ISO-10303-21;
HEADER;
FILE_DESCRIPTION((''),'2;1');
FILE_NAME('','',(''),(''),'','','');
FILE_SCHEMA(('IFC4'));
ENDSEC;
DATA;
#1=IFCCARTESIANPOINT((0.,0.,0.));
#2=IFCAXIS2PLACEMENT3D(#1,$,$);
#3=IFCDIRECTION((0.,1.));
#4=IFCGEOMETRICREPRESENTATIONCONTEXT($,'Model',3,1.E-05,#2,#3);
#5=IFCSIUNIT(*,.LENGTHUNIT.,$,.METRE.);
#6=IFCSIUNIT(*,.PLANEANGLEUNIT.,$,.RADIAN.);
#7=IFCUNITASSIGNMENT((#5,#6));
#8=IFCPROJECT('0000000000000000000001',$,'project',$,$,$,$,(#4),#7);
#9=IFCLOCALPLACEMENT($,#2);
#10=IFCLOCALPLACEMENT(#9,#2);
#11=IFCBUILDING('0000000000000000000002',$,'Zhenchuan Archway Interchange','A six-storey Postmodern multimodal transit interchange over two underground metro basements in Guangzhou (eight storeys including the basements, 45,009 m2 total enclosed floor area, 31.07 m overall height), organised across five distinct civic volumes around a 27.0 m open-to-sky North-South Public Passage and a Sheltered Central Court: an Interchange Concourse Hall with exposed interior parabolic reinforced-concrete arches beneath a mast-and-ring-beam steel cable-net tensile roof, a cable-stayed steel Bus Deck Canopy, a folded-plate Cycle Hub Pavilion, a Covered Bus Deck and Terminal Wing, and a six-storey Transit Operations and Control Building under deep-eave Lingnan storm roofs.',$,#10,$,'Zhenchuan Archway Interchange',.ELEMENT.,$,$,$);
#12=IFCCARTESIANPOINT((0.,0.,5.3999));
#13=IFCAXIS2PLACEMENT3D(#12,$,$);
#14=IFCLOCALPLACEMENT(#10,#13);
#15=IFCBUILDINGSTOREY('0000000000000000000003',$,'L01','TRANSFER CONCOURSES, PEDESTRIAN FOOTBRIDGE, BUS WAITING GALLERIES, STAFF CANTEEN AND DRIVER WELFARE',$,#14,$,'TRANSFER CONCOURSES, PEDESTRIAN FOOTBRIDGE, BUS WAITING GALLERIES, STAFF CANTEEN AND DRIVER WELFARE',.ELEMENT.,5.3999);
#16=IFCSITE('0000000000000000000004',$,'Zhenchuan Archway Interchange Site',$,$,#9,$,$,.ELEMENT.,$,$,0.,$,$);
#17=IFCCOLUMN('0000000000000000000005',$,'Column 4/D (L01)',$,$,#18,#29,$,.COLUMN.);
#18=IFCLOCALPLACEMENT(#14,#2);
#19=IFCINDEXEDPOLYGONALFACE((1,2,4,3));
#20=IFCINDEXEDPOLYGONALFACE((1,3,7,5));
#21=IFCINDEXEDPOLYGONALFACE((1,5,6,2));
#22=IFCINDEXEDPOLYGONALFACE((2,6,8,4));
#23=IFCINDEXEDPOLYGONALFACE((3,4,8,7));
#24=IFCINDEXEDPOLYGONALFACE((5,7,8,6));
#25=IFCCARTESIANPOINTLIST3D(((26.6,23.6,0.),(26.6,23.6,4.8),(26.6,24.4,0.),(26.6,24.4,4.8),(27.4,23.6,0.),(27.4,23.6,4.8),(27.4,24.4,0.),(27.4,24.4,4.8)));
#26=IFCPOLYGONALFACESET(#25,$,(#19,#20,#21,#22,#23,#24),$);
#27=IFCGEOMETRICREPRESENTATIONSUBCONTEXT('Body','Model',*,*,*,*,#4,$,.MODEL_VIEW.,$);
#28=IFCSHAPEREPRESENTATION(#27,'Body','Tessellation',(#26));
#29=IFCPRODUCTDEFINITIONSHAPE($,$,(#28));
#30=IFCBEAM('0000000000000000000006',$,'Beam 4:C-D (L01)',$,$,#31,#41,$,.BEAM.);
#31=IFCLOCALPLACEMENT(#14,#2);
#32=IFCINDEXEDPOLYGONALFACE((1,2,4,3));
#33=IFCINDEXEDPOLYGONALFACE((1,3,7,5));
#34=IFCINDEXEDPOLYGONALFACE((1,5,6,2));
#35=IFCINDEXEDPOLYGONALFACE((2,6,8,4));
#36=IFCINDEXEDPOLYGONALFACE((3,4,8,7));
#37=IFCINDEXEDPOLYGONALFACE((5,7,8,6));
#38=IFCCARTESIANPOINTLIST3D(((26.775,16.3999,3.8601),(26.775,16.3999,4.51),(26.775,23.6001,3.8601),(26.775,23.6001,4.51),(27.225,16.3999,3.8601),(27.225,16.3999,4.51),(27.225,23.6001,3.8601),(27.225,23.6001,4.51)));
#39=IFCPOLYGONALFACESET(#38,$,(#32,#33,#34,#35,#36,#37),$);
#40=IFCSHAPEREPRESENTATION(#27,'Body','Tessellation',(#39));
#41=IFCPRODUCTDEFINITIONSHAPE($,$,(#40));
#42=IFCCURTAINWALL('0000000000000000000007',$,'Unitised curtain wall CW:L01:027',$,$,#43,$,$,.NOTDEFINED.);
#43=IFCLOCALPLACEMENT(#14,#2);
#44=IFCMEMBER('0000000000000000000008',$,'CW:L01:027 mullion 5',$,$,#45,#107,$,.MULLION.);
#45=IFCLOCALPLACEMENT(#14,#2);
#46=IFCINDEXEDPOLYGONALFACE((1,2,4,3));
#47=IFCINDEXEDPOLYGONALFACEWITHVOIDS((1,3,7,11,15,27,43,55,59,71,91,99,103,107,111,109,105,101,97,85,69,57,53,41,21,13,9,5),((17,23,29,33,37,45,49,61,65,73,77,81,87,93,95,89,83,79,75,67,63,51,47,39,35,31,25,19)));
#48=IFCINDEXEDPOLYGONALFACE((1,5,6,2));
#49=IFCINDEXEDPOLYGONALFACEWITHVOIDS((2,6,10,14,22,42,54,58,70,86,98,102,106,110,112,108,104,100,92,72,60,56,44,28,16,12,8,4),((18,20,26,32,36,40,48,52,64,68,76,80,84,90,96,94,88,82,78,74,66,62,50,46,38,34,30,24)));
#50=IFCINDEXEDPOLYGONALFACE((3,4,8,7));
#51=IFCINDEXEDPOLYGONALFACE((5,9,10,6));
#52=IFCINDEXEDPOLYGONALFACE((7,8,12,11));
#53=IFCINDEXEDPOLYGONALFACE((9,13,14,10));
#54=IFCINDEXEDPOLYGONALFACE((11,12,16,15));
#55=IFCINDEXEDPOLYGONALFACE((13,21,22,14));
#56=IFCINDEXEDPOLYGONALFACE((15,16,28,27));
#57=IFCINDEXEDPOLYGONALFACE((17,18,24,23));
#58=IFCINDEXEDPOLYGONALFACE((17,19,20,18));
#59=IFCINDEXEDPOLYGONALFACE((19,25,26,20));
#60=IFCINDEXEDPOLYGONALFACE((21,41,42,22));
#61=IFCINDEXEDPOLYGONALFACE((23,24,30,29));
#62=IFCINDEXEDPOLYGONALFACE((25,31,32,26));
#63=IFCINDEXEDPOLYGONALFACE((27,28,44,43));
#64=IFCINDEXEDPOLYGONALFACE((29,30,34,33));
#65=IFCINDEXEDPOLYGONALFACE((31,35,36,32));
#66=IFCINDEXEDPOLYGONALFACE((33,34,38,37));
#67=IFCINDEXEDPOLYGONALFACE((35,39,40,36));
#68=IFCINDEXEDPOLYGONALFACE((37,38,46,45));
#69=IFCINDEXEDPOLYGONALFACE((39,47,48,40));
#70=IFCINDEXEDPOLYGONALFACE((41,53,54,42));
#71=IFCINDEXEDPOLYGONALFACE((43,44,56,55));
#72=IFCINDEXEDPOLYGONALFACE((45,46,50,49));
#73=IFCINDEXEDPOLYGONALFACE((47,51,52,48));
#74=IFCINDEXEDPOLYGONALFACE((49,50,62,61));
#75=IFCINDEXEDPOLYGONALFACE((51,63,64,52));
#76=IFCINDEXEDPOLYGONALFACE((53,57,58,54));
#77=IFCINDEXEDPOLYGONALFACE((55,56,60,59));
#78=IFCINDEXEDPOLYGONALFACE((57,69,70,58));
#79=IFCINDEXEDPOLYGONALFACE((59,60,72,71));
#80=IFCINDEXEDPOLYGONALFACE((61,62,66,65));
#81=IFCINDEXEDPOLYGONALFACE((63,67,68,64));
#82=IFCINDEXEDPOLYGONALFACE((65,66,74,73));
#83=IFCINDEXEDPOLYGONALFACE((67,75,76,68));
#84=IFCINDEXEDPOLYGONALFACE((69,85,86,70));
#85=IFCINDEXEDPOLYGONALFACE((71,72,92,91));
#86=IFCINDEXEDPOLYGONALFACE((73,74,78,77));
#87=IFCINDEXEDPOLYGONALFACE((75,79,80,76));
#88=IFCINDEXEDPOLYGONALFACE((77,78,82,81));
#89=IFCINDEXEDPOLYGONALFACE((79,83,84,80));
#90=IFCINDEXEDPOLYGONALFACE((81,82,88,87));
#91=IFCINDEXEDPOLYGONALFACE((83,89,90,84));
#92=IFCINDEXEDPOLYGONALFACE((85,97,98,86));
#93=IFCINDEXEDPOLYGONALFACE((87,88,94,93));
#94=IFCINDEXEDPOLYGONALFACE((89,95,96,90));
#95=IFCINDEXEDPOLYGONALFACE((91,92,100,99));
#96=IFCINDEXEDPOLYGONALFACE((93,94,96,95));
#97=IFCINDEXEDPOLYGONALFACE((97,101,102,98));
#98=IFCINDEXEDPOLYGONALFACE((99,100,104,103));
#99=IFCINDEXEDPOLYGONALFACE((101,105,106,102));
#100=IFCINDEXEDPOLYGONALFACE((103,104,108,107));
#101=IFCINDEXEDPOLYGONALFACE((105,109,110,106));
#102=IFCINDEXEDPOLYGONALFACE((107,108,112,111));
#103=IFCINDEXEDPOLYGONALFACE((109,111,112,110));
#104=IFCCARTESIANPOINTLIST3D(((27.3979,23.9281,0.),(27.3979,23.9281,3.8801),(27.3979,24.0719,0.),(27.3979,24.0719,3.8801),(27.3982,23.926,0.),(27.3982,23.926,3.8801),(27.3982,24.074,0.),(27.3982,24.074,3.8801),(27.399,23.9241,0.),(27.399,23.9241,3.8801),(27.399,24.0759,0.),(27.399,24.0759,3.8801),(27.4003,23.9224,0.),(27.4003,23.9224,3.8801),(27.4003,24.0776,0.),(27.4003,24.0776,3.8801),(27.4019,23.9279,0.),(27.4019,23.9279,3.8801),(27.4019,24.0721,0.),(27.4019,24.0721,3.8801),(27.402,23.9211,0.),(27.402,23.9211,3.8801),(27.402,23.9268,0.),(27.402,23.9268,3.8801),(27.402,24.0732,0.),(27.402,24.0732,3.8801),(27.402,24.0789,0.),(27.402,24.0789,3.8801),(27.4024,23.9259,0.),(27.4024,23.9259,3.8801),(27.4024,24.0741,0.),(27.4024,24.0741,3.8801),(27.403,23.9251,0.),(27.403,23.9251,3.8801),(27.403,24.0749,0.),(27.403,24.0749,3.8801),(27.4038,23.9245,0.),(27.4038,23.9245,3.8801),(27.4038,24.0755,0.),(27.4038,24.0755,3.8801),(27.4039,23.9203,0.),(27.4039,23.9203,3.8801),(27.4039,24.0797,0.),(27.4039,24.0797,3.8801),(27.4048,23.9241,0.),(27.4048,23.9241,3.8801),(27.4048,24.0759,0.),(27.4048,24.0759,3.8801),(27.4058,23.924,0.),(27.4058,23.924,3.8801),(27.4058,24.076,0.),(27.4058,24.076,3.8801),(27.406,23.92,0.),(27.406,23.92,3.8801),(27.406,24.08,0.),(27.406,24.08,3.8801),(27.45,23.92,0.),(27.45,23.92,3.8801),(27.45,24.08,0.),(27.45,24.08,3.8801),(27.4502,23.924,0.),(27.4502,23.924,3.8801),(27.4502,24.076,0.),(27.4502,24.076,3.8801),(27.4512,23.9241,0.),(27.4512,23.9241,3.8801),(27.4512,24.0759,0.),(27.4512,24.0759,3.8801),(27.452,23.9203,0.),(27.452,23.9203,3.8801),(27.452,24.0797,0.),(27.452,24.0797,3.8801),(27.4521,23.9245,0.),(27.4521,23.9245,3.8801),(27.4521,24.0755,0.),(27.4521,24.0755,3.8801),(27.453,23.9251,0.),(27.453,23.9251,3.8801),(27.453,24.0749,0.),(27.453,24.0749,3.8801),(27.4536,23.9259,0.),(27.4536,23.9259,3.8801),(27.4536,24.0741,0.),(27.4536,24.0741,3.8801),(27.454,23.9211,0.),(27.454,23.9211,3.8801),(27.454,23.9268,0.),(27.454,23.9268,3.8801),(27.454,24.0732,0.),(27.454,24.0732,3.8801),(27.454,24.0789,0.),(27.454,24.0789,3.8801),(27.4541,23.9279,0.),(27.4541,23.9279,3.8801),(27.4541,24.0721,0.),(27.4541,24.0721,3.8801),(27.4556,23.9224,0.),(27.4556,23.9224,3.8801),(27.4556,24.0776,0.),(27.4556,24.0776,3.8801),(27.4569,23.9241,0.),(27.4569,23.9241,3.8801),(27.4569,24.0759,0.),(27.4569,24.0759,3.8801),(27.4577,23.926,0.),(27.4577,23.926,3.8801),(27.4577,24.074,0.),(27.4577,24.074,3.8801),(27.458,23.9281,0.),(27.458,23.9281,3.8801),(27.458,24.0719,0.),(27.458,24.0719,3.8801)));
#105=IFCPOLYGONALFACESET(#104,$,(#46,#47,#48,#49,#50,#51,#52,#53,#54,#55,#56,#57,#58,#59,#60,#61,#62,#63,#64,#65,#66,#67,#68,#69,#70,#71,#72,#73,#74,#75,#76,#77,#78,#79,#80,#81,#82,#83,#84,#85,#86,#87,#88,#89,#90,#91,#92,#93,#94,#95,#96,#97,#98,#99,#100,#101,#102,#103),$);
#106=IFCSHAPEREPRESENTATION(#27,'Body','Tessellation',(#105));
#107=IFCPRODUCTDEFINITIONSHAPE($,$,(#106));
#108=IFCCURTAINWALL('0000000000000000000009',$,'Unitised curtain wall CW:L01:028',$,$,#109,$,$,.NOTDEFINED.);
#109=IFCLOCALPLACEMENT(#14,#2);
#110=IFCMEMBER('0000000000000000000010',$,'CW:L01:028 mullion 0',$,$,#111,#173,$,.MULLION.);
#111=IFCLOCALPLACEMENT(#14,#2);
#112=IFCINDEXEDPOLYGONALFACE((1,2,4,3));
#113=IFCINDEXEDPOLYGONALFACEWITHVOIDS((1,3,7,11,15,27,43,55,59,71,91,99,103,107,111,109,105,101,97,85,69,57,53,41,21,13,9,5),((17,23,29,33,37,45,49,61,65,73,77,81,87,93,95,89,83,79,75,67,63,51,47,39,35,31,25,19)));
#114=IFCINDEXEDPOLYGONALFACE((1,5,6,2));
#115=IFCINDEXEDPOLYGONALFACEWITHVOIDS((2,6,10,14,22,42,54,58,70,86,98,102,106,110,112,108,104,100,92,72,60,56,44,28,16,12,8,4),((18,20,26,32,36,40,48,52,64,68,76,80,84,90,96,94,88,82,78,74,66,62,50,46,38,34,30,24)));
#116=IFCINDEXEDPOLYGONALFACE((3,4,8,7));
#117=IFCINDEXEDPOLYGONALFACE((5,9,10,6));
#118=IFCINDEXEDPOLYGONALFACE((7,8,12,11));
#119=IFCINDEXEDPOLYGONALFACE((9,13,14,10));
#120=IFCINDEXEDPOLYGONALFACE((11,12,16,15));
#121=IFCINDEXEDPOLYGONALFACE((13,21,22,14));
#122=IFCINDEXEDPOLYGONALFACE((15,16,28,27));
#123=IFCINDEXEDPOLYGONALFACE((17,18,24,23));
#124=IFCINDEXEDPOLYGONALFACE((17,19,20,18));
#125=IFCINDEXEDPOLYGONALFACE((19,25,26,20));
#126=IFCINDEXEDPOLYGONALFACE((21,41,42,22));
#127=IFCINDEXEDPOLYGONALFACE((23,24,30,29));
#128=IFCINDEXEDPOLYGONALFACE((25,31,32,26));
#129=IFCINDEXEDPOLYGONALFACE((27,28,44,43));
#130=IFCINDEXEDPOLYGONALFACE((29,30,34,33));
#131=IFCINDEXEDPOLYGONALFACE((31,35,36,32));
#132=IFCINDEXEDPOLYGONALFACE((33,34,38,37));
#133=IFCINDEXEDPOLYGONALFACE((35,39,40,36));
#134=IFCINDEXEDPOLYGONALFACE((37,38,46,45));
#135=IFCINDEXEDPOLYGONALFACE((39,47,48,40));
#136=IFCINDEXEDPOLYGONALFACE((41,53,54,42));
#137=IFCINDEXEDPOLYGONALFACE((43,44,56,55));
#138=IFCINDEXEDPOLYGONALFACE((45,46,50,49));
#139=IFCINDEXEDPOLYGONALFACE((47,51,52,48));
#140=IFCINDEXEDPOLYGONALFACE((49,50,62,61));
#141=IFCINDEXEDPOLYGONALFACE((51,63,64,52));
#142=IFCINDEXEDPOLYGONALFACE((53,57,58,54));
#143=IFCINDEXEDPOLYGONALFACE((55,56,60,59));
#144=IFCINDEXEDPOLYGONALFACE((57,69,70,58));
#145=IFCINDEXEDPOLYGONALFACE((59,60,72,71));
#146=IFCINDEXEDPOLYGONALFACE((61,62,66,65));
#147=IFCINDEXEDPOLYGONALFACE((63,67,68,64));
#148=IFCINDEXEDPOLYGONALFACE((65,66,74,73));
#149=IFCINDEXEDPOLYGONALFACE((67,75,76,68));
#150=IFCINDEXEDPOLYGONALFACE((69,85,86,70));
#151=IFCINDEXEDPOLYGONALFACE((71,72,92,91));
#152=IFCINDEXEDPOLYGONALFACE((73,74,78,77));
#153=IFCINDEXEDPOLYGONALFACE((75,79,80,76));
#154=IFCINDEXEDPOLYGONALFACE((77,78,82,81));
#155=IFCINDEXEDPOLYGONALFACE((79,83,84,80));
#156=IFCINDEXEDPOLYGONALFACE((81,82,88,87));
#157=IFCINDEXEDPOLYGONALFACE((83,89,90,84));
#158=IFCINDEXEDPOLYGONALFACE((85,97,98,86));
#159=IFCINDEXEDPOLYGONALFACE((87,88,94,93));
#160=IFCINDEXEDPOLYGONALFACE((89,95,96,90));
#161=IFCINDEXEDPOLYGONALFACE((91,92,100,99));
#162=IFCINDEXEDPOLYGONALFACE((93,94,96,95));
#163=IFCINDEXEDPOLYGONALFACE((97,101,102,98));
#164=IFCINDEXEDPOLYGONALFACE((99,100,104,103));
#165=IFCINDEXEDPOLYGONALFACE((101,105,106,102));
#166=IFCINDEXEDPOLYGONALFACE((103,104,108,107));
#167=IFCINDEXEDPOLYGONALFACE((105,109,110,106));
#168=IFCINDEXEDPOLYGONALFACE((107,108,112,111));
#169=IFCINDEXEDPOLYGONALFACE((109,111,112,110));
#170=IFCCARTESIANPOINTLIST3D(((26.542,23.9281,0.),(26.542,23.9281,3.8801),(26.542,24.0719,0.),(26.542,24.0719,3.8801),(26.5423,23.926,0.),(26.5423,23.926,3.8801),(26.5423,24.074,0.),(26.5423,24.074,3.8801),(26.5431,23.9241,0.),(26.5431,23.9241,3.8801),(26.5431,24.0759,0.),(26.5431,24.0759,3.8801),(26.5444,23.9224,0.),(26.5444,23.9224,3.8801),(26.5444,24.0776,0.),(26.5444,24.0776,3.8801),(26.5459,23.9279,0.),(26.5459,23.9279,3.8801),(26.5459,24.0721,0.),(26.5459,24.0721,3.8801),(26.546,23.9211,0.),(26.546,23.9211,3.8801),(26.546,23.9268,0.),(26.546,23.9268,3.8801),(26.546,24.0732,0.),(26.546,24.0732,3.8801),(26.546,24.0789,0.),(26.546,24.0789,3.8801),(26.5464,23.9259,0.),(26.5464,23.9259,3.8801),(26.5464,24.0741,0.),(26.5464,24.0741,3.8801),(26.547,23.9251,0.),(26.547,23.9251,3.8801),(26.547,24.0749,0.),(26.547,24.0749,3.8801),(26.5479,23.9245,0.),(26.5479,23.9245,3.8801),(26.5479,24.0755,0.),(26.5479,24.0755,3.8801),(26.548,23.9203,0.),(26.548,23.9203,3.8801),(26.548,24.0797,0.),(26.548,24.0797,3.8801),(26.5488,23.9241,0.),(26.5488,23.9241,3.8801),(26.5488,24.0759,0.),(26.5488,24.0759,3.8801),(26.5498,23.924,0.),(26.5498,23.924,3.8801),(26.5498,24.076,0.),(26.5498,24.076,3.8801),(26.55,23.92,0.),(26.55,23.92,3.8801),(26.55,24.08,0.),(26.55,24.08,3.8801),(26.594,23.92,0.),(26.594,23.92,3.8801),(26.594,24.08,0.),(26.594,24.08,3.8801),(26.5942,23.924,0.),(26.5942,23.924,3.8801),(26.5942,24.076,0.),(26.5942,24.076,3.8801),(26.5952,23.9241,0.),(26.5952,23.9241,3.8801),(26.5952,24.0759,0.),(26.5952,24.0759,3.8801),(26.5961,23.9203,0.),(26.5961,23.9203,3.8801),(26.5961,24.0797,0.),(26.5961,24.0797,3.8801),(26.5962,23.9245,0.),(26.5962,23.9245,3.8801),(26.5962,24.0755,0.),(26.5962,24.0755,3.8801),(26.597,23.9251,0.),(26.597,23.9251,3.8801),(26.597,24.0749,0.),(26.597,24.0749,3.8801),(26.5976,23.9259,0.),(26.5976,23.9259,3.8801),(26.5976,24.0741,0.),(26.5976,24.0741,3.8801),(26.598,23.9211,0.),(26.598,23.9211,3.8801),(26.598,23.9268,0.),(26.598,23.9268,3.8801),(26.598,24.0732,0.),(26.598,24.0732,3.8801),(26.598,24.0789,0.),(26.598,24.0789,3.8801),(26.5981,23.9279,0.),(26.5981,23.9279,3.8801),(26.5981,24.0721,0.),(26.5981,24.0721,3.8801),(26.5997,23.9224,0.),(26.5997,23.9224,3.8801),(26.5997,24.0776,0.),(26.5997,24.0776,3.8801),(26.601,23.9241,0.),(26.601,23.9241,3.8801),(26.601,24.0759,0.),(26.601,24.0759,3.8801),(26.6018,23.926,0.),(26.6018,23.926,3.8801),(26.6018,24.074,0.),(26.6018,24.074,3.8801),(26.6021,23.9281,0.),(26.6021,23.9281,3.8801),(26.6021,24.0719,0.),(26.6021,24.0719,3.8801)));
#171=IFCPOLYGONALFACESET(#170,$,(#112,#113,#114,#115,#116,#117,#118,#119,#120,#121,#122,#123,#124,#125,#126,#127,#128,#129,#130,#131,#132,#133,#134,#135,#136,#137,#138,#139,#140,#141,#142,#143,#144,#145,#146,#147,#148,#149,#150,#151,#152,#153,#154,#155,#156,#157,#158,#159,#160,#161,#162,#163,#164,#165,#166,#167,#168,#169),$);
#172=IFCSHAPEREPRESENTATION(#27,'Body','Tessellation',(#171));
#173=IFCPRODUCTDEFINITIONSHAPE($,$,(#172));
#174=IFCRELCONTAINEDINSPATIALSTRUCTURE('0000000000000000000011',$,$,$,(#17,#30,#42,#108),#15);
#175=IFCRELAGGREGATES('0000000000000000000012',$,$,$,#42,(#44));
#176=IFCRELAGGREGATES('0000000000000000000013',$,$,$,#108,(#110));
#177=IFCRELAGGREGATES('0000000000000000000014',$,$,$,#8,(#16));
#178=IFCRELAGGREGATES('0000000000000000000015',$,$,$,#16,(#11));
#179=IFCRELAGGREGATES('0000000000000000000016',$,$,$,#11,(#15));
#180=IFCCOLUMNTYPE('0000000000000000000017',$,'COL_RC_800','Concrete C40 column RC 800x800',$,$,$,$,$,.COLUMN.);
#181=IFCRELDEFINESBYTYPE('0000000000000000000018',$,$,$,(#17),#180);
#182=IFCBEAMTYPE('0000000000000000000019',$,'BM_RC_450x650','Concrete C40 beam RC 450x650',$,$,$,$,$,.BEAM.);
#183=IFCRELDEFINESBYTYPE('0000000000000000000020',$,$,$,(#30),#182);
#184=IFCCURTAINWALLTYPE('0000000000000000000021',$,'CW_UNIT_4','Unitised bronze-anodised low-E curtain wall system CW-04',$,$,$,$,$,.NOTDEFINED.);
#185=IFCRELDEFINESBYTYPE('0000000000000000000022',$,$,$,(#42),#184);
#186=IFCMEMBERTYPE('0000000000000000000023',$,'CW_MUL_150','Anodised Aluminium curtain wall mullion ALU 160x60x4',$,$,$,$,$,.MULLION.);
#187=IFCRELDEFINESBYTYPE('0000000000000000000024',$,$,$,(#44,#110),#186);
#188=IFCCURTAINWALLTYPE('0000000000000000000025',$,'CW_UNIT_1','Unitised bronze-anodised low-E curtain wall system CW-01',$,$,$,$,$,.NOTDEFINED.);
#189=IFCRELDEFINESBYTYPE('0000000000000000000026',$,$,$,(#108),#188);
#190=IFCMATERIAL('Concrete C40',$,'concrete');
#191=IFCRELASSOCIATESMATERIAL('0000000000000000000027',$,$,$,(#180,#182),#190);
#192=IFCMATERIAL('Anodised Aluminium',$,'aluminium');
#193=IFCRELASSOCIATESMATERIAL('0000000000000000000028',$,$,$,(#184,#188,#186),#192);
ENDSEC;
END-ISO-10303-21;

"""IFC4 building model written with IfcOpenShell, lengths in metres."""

from ifc_helpers import new_model, si_unit, direction, frame, origin, origin_2d, place, context, subcontext, project, spatial, rectangle, hollow_rectangle, extrude, material, material_profile, profile_set, type_object, element, aggregate, save


model = new_model("IFC4")

# Units and contexts
model_context = context("Model", 3, precision=1e-05, world=origin(), true_north=direction((0.0, 1.0)))
body_context = subcontext(model_context, "Body", "Model", "MODEL_VIEW")
ifc_project = project(units=[si_unit("LENGTHUNIT", "METRE"), si_unit("PLANEANGLEUNIT", "RADIAN")], contexts=[model_context])

# Site, building, storey
site_placement = place(None, origin())
site = spatial("IfcSite", under=ifc_project, at=site_placement, Name="Zhenchuan Archway Interchange Site", CompositionType="ELEMENT", RefElevation=0.0)
building_placement = place(site_placement, origin())
building = spatial("IfcBuilding", under=site, at=building_placement, Name="Zhenchuan Archway Interchange", Description="A six-storey Postmodern multimodal transit interchange over two underground metro basements in Guangzhou (eight storeys including the basements, 45,009 m2 total enclosed floor area, 31.07 m overall height), organised across five distinct civic volumes around a 27.0 m open-to-sky North-South Public Passage and a Sheltered Central Court: an Interchange Concourse Hall with exposed interior parabolic reinforced-concrete arches beneath a mast-and-ring-beam steel cable-net tensile roof, a cable-stayed steel Bus Deck Canopy, a folded-plate Cycle Hub Pavilion, a Covered Bus Deck and Terminal Wing, and a six-storey Transit Operations and Control Building under deep-eave Lingnan storm roofs.", LongName="Zhenchuan Archway Interchange", CompositionType="ELEMENT")
storey_placement = place(building_placement, frame((0.0, 0.0, 5.3999)))
storey = spatial("IfcBuildingStorey", under=building, at=storey_placement, Name="L01", Description="TRANSFER CONCOURSES, PEDESTRIAN FOOTBRIDGE, BUS WAITING GALLERIES, STAFF CANTEEN AND DRIVER WELFARE", LongName="TRANSFER CONCOURSES, PEDESTRIAN FOOTBRIDGE, BUS WAITING GALLERIES, STAFF CANTEEN AND DRIVER WELFARE", CompositionType="ELEMENT", Elevation=5.3999)

# Column
ifc_material_1 = material(Name="Concrete C40", Category="concrete")
ifc_material_profile_1 = material_profile(ifc_material_1, rectangle(XDim=0.8, YDim=0.8, at=origin_2d()), Name="RC 800x800")
ifc_profile_set_1 = profile_set([ifc_material_profile_1], Name="Concrete C40")
column_type = type_object("IfcColumnType", Name="COL_RC_800", Description="Concrete C40 column RC 800x800", PredefinedType="COLUMN", material=ifc_profile_set_1)
column_placement = place(storey_placement, frame((27.0, 24.0, 0.0), z_axis=(0.0, 0.0, 1.0), x_axis=(1.0, 0.0, 0.0)))
element("IfcColumn", 1, at=column_placement, inside=storey, type_object=column_type, Name="Column 4/D (L01)", PredefinedType="COLUMN", context=body_context, shape_type="SweptSolid", body=[
    extrude(rectangle(XDim=0.8, YDim=0.8, at=origin_2d()), origin(), (0.0, 0.0, 1.0), 4.8),
])

# Beam
ifc_material_profile_2 = material_profile(ifc_material_1, rectangle(XDim=0.45, YDim=0.6499, at=origin_2d()), Name="RC 450x650")
ifc_profile_set_2 = profile_set([ifc_material_profile_2], Name="Concrete C40")
beam_type_1 = type_object("IfcBeamType", Name="BM_RC_450x650", Description="Concrete C40 beam RC 450x650", PredefinedType="BEAM", material=ifc_profile_set_2)
beam_1_placement = place(storey_placement, frame((27.0, 16.3999, 4.1851), z_axis=(0.0, 1.0, 0.0), x_axis=(-1.0, 0.0, 0.0)))
element("IfcBeam", 2, at=beam_1_placement, inside=storey, type_object=beam_type_1, Name="Beam 4:C-D (L01)", PredefinedType="BEAM", context=body_context, shape_type="SweptSolid", body=[
    extrude(rectangle(XDim=0.45, YDim=0.6499, at=origin_2d()), origin(), (0.0, 0.0, 1.0), 7.2002),
])

# Curtain wall, member
ifc_material_2 = material(Name="Anodised Aluminium", Category="aluminium")
curtain_wall_type_1 = type_object("IfcCurtainWallType", Name="CW_UNIT_4", Description="Unitised bronze-anodised low-E curtain wall system CW-04", PredefinedType="NOTDEFINED", material=ifc_material_2)
curtain_wall_1_placement = place(storey_placement, origin())
curtain_wall_1 = element("IfcCurtainWall", 3, at=curtain_wall_1_placement, inside=storey, type_object=curtain_wall_type_1, Name="Unitised curtain wall CW:L01:027", PredefinedType="NOTDEFINED")
ifc_material_profile_3 = material_profile(ifc_material_2, hollow_rectangle(XDim=0.0601, YDim=0.1599, WallThickness=0.0039, InnerFilletRadius=0.0039, OuterFilletRadius=0.0081, at=origin_2d()), Name="ALU 160x60x4")
ifc_profile_set_3 = profile_set([ifc_material_profile_3], Name="Anodised Aluminium")
member_type_1 = type_object("IfcMemberType", Name="CW_MUL_150", Description="Anodised Aluminium curtain wall mullion ALU 160x60x4", PredefinedType="MULLION", material=ifc_profile_set_3)
member_1_placement = place(storey_placement, frame((27.428, 24.0, 0.0), z_axis=(0.0, 0.0, 1.0), x_axis=(1.0, 0.0, 0.0)))
member_1 = element("IfcMember", 4, at=member_1_placement, type_object=member_type_1, Name="CW:L01:027 mullion 5", PredefinedType="MULLION", context=body_context, shape_type="SweptSolid", body=[
    extrude(hollow_rectangle(XDim=0.0601, YDim=0.1599, WallThickness=0.0039, InnerFilletRadius=0.0039, OuterFilletRadius=0.0081, at=origin_2d()), origin(), (0.0, 0.0, 1.0), 3.8801),
])

# Curtain wall, member
curtain_wall_type_2 = type_object("IfcCurtainWallType", Name="CW_UNIT_1", Description="Unitised bronze-anodised low-E curtain wall system CW-01", PredefinedType="NOTDEFINED", material=ifc_material_2)
curtain_wall_2_placement = place(storey_placement, origin())
curtain_wall_2 = element("IfcCurtainWall", 5, at=curtain_wall_2_placement, inside=storey, type_object=curtain_wall_type_2, Name="Unitised curtain wall CW:L01:028", PredefinedType="NOTDEFINED")
member_2_placement = place(storey_placement, frame((26.572, 24.0, 0.0), z_axis=(0.0, 0.0, 1.0), x_axis=(1.0, 0.0, 0.0)))
member_2 = element("IfcMember", 6, at=member_2_placement, type_object=member_type_1, Name="CW:L01:028 mullion 0", PredefinedType="MULLION", context=body_context, shape_type="SweptSolid", body=[
    extrude(hollow_rectangle(XDim=0.0601, YDim=0.1599, WallThickness=0.0039, InnerFilletRadius=0.0039, OuterFilletRadius=0.0081, at=origin_2d()), origin(), (0.0, 0.0, 1.0), 3.8801),
])

aggregate(curtain_wall_1, [member_1])
aggregate(curtain_wall_2, [member_2])

save(model, "model.ifc")
